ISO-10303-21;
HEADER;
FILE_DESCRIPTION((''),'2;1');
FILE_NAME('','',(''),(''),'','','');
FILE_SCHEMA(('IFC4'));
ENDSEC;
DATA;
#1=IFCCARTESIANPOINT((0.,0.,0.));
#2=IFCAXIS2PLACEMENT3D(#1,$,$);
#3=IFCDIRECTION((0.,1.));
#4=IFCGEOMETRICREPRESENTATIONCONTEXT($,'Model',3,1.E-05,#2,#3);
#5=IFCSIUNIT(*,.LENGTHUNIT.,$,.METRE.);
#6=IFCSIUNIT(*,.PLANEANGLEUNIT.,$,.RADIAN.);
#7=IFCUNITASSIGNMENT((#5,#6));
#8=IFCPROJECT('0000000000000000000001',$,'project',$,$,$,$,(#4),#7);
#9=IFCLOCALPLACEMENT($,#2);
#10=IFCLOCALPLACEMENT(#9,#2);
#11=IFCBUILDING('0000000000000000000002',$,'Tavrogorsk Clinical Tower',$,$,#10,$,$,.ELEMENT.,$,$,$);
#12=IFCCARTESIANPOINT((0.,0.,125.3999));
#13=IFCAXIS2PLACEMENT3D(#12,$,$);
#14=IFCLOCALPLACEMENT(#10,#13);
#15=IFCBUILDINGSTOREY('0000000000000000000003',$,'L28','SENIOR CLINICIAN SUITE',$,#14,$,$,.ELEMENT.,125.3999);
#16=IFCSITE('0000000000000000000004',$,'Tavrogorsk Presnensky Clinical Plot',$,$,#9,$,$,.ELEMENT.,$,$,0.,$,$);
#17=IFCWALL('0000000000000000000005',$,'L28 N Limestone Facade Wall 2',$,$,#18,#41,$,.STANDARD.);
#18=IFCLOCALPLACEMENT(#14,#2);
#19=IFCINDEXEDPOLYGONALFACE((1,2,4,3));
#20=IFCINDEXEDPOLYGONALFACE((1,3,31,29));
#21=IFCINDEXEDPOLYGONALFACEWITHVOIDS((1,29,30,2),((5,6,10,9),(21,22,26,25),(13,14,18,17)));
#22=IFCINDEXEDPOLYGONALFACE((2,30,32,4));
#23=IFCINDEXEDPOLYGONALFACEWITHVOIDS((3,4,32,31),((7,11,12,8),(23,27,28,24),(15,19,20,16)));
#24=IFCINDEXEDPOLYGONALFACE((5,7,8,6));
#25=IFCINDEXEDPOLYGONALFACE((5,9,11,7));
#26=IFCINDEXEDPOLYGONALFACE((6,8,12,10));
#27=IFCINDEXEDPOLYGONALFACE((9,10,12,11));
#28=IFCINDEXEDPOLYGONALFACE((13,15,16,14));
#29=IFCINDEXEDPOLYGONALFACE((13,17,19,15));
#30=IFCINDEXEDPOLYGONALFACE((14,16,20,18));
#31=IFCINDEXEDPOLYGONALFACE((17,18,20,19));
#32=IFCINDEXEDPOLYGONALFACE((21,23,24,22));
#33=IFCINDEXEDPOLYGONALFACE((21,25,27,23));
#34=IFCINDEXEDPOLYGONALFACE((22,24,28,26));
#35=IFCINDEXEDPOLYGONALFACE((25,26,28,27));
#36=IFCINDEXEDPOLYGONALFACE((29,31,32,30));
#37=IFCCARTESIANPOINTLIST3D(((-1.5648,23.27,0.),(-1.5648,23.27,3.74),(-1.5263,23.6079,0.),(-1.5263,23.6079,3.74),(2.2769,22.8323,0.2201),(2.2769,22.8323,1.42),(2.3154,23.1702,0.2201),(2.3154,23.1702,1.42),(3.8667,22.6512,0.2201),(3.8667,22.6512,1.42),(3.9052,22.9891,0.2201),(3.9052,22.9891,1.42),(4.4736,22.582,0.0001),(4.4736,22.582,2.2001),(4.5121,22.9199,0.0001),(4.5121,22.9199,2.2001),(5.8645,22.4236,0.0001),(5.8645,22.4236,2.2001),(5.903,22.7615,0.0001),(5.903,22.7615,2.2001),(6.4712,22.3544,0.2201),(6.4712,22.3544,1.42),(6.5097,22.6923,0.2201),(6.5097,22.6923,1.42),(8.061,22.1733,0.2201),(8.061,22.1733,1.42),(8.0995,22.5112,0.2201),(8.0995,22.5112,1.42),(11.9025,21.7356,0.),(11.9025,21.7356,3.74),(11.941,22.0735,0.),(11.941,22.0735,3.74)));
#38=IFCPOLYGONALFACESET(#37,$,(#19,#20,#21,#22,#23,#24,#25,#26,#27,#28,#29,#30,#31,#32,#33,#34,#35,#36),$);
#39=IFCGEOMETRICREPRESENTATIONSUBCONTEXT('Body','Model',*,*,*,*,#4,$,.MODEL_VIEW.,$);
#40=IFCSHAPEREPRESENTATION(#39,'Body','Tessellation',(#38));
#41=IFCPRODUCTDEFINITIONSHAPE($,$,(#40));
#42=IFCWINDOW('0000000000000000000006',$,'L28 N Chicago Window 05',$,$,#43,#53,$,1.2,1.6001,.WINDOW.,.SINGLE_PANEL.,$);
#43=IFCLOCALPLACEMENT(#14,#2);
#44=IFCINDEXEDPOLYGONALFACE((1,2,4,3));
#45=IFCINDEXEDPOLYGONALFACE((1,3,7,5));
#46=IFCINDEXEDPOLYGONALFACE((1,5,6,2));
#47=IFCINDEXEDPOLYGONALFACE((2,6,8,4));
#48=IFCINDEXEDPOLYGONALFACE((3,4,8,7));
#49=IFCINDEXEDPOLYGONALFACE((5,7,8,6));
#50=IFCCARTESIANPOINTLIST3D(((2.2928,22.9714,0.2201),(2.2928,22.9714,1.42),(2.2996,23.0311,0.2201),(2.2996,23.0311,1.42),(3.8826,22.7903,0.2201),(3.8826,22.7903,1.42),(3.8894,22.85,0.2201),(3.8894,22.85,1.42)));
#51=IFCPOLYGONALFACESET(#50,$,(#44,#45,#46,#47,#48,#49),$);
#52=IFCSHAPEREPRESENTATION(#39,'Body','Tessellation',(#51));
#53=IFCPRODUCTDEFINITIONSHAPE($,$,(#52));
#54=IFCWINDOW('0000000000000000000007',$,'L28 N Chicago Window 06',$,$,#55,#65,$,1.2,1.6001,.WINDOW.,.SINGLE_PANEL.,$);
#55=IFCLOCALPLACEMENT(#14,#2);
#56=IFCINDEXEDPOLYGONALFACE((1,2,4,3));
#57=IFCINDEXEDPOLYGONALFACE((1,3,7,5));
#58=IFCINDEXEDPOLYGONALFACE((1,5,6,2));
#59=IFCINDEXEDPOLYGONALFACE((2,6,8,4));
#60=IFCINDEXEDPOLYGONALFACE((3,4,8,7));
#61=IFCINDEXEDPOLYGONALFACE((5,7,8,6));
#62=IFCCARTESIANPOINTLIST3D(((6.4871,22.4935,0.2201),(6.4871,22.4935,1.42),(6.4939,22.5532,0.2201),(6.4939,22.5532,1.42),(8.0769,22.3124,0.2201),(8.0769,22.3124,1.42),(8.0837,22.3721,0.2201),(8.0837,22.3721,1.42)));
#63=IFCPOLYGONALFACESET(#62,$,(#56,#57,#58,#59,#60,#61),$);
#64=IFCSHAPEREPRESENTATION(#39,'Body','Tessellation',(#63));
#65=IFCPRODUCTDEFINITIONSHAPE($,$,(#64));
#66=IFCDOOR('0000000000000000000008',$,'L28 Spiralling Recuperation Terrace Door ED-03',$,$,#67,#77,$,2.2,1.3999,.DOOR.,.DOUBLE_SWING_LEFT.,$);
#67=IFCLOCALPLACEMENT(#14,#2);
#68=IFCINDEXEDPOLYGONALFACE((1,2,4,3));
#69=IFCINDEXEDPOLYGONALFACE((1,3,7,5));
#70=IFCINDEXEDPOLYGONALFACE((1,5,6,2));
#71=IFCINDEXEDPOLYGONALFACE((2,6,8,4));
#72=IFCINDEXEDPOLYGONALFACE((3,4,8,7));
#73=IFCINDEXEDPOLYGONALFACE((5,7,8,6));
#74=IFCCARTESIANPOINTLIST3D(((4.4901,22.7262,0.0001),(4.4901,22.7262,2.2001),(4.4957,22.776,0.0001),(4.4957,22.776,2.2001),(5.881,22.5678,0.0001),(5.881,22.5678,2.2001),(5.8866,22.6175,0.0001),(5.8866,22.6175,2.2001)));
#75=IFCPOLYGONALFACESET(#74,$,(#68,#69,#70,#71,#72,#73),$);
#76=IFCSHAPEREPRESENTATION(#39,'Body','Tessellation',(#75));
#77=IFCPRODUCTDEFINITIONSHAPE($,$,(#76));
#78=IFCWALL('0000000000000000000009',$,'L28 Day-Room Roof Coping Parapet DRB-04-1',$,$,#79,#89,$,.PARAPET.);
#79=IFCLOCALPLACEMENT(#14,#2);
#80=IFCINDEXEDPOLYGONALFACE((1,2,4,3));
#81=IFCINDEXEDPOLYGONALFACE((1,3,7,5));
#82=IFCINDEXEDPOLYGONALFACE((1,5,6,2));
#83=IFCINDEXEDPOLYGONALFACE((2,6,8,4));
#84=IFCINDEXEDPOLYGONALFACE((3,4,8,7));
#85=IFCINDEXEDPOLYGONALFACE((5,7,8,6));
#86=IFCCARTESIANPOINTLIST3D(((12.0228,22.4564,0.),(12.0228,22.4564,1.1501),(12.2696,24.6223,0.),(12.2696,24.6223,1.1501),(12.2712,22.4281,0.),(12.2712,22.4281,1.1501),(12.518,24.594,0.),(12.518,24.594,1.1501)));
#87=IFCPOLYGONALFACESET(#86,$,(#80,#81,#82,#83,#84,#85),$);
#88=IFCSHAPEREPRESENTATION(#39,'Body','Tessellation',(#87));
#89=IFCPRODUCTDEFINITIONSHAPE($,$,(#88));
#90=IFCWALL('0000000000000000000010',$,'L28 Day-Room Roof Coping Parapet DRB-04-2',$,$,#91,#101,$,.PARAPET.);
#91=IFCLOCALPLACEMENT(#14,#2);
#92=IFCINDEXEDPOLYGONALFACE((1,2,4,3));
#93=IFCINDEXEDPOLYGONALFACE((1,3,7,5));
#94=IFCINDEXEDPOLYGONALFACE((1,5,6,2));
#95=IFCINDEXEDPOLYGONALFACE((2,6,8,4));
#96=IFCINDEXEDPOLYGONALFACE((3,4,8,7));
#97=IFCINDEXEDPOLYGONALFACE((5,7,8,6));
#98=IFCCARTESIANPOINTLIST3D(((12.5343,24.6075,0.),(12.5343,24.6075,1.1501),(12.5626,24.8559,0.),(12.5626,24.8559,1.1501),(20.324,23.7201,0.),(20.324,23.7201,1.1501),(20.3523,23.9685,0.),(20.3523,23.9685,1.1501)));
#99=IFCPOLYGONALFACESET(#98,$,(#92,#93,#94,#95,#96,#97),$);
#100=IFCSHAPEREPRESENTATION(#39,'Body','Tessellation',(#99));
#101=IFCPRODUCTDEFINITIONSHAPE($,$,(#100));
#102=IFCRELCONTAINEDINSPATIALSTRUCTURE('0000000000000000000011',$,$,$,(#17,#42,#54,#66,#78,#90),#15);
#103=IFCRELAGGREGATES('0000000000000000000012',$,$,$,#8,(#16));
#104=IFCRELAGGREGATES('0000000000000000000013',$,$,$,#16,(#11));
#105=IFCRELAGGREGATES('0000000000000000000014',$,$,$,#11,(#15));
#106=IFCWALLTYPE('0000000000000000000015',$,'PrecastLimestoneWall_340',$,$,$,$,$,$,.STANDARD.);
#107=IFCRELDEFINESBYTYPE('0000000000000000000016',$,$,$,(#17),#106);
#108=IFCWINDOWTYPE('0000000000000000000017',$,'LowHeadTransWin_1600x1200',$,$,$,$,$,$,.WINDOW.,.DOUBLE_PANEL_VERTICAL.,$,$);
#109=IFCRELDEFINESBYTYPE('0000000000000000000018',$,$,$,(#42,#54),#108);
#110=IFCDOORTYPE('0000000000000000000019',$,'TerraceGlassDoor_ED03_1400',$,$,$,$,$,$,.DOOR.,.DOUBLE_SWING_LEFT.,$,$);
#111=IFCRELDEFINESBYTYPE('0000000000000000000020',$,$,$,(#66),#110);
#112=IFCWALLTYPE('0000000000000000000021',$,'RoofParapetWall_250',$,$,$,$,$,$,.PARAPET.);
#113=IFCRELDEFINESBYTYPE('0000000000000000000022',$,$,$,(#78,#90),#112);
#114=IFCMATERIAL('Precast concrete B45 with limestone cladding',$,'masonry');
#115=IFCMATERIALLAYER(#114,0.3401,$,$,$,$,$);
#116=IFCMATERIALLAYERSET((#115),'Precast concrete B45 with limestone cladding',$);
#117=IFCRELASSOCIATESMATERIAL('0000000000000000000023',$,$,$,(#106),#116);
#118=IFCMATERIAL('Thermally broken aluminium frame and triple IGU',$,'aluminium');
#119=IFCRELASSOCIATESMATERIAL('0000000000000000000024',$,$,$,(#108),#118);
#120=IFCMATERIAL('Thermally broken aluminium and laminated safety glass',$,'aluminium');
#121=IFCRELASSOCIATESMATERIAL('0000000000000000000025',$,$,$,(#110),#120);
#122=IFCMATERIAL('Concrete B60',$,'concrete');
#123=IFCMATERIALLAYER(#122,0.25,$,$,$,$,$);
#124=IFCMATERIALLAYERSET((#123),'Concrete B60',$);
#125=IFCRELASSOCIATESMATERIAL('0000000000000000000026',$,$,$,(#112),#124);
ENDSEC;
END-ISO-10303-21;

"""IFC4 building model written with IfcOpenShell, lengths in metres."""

from ifc_helpers import new_model, si_unit, direction, frame, frame_2d, origin, place, context, subcontext, project, spatial, rectangle, extrude, material, layer, layer_set, type_object, element, fill, save


model = new_model("IFC4")

# Units and contexts
model_context = context("Model", 3, precision=1e-05, world=origin(), true_north=direction((0.0, 1.0)))
body_context = subcontext(model_context, "Body", "Model", "MODEL_VIEW")
ifc_project = project(units=[si_unit("LENGTHUNIT", "METRE"), si_unit("PLANEANGLEUNIT", "RADIAN")], contexts=[model_context])

# Site, building, storey
site_placement = place(None, origin())
site = spatial("IfcSite", under=ifc_project, at=site_placement, Name="Tavrogorsk Presnensky Clinical Plot", CompositionType="ELEMENT", RefElevation=0.0)
building_placement = place(site_placement, origin())
building = spatial("IfcBuilding", under=site, at=building_placement, Name="Tavrogorsk Clinical Tower", CompositionType="ELEMENT")
storey_placement = place(building_placement, frame((0.0, 0.0, 125.3999)))
storey = spatial("IfcBuildingStorey", under=building, at=storey_placement, Name="L28", Description="SENIOR CLINICIAN SUITE", CompositionType="ELEMENT", Elevation=125.3999)

# Wall, openings, windows, door
ifc_material_1 = material(Name="Precast concrete B45 with limestone cladding", Category="masonry")
ifc_layer_1 = layer(ifc_material_1, 0.3401)
ifc_layer_set_1 = layer_set([ifc_layer_1], Name="Precast concrete B45 with limestone cladding")
wall_type_1 = type_object("IfcWallType", Name="PrecastLimestoneWall_340", PredefinedType="STANDARD", material=ifc_layer_set_1)
wall_1_placement = place(storey_placement, frame((11.9219, 21.9045, 0.0), z_axis=(0.0, 0.0, 1.0), x_axis=(-0.993572, 0.113205, 0.0)))
wall_1 = element("IfcWall", 1, at=wall_1_placement, inside=storey, type_object=wall_type_1, Name="L28 N Limestone Facade Wall 2", PredefinedType="STANDARD", context=body_context, shape_type="SweptSolid", body=[
    extrude(rectangle(XDim=13.5544, YDim=0.3401, at=frame_2d((6.7773, 0.0))), origin(), (0.0, 0.0, 1.0), 3.74),
])
opening_1_placement = place(wall_1_placement, frame((6.0771, 0.0, 0.0)))
opening_1 = element("IfcOpeningElement", 2, at=opening_1_placement, cuts=wall_1, PredefinedType="OPENING", context=body_context, shape_type="SweptSolid", body=[
    extrude(rectangle(XDim=1.3999, YDim=2.2, at=frame_2d((0.7, 1.1001))), frame((0.0, 0.1799, 0.0), z_axis=(0.0, -1.0, 0.0), x_axis=(1.0, 0.0, 0.0)), (0.0, 0.0, 1.0), 0.3601),
])
opening_2_placement = place(wall_1_placement, frame((8.0879, 0.0, 0.22)))
opening_2 = element("IfcOpeningElement", 3, at=opening_2_placement, cuts=wall_1, PredefinedType="OPENING", context=body_context, shape_type="SweptSolid", body=[
    extrude(rectangle(XDim=1.6001, YDim=1.2, at=frame_2d((0.8, 0.6001))), frame((0.0, 0.1799, 0.0), z_axis=(0.0, -1.0, 0.0), x_axis=(1.0, 0.0, 0.0)), (0.0, 0.0, 1.0), 0.3601),
])
opening_3_placement = place(wall_1_placement, frame((3.8665, 0.0, 0.22)))
opening_3 = element("IfcOpeningElement", 4, at=opening_3_placement, cuts=wall_1, PredefinedType="OPENING", context=body_context, shape_type="SweptSolid", body=[
    extrude(rectangle(XDim=1.6001, YDim=1.2, at=frame_2d((0.8, 0.6001))), frame((0.0, 0.1799, 0.0), z_axis=(0.0, -1.0, 0.0), x_axis=(1.0, 0.0, 0.0)), (0.0, 0.0, 1.0), 0.3601),
])
ifc_material_2 = material(Name="Thermally broken aluminium frame and triple IGU", Category="aluminium")
window_type = type_object("IfcWindowType", Name="LowHeadTransWin_1600x1200", PartitioningType="DOUBLE_PANEL_VERTICAL", PredefinedType="WINDOW", material=ifc_material_2)
window_1_placement = place(opening_2_placement, origin())
window_1 = element("IfcWindow", 5, at=window_1_placement, inside=storey, type_object=window_type, Name="L28 N Chicago Window 05", OverallHeight=1.2, OverallWidth=1.6001, PartitioningType="SINGLE_PANEL", PredefinedType="WINDOW", context=body_context, shape_type="SweptSolid", body=[
    extrude(rectangle(XDim=1.6001, YDim=1.2, at=frame_2d((0.8, 0.6001))), frame((0.0, 0.03, 0.0), z_axis=(0.0, -1.0, 0.0), x_axis=(1.0, 0.0, 0.0)), (0.0, 0.0, 1.0), 0.0601),
])
fill(opening_2, window_1)
window_2_placement = place(opening_3_placement, origin())
window_2 = element("IfcWindow", 6, at=window_2_placement, inside=storey, type_object=window_type, Name="L28 N Chicago Window 06", OverallHeight=1.2, OverallWidth=1.6001, PartitioningType="SINGLE_PANEL", PredefinedType="WINDOW", context=body_context, shape_type="SweptSolid", body=[
    extrude(rectangle(XDim=1.6001, YDim=1.2, at=frame_2d((0.8, 0.6001))), frame((0.0, 0.03, 0.0), z_axis=(0.0, -1.0, 0.0), x_axis=(1.0, 0.0, 0.0)), (0.0, 0.0, 1.0), 0.0601),
])
fill(opening_3, window_2)
ifc_material_3 = material(Name="Thermally broken aluminium and laminated safety glass", Category="aluminium")
door_type_1 = type_object("IfcDoorType", Name="TerraceGlassDoor_ED03_1400", OperationType="DOUBLE_SWING_LEFT", PredefinedType="DOOR", material=ifc_material_3)
door_1_placement = place(opening_1_placement, origin())
door_1 = element("IfcDoor", 7, at=door_1_placement, inside=storey, type_object=door_type_1, Name="L28 Spiralling Recuperation Terrace Door ED-03", OperationType="DOUBLE_SWING_LEFT", OverallHeight=2.2, OverallWidth=1.3999, PredefinedType="DOOR", context=body_context, shape_type="SweptSolid", body=[
    extrude(rectangle(XDim=1.3999, YDim=2.2, at=frame_2d((0.7, 1.1001))), frame((0.0, 0.0249, 0.0), z_axis=(0.0, -1.0, 0.0), x_axis=(1.0, 0.0, 0.0)), (0.0, 0.0, 1.0), 0.05),
])
fill(opening_1, door_1)

# Walls
ifc_material_4 = material(Name="Concrete B60", Category="concrete")
ifc_layer_2 = layer(ifc_material_4, 0.25)
ifc_layer_set_2 = layer_set([ifc_layer_2], Name="Concrete B60")
wall_type_2 = type_object("IfcWallType", Name="RoofParapetWall_250", PredefinedType="PARAPET", material=ifc_layer_set_2)
wall_2_placement = place(storey_placement, frame((12.147, 22.4424, 0.0), z_axis=(0.0, 0.0, 1.0), x_axis=(0.113221, 0.99357, 0.0)))
element("IfcWall", 8, at=wall_2_placement, inside=storey, type_object=wall_type_2, Name="L28 Day-Room Roof Coping Parapet DRB-04-1", PredefinedType="PARAPET", context=body_context, shape_type="SweptSolid", body=[
    extrude(rectangle(XDim=2.1799, YDim=0.25, at=frame_2d((1.0898, 0.0))), origin(), (0.0, 0.0, 1.0), 1.1501),
])
wall_3_placement = place(storey_placement, frame((12.5486, 24.7317, 0.0), z_axis=(0.0, 0.0, 1.0), x_axis=(0.993573, -0.113193, 0.0)))
element("IfcWall", 9, at=wall_3_placement, inside=storey, type_object=wall_type_2, Name="L28 Day-Room Roof Coping Parapet DRB-04-2", PredefinedType="PARAPET", context=body_context, shape_type="SweptSolid", body=[
    extrude(rectangle(XDim=7.8401, YDim=0.25, at=frame_2d((3.9199, 0.0))), origin(), (0.0, 0.0, 1.0), 1.1501),
])

save(model, "model.ifc")
